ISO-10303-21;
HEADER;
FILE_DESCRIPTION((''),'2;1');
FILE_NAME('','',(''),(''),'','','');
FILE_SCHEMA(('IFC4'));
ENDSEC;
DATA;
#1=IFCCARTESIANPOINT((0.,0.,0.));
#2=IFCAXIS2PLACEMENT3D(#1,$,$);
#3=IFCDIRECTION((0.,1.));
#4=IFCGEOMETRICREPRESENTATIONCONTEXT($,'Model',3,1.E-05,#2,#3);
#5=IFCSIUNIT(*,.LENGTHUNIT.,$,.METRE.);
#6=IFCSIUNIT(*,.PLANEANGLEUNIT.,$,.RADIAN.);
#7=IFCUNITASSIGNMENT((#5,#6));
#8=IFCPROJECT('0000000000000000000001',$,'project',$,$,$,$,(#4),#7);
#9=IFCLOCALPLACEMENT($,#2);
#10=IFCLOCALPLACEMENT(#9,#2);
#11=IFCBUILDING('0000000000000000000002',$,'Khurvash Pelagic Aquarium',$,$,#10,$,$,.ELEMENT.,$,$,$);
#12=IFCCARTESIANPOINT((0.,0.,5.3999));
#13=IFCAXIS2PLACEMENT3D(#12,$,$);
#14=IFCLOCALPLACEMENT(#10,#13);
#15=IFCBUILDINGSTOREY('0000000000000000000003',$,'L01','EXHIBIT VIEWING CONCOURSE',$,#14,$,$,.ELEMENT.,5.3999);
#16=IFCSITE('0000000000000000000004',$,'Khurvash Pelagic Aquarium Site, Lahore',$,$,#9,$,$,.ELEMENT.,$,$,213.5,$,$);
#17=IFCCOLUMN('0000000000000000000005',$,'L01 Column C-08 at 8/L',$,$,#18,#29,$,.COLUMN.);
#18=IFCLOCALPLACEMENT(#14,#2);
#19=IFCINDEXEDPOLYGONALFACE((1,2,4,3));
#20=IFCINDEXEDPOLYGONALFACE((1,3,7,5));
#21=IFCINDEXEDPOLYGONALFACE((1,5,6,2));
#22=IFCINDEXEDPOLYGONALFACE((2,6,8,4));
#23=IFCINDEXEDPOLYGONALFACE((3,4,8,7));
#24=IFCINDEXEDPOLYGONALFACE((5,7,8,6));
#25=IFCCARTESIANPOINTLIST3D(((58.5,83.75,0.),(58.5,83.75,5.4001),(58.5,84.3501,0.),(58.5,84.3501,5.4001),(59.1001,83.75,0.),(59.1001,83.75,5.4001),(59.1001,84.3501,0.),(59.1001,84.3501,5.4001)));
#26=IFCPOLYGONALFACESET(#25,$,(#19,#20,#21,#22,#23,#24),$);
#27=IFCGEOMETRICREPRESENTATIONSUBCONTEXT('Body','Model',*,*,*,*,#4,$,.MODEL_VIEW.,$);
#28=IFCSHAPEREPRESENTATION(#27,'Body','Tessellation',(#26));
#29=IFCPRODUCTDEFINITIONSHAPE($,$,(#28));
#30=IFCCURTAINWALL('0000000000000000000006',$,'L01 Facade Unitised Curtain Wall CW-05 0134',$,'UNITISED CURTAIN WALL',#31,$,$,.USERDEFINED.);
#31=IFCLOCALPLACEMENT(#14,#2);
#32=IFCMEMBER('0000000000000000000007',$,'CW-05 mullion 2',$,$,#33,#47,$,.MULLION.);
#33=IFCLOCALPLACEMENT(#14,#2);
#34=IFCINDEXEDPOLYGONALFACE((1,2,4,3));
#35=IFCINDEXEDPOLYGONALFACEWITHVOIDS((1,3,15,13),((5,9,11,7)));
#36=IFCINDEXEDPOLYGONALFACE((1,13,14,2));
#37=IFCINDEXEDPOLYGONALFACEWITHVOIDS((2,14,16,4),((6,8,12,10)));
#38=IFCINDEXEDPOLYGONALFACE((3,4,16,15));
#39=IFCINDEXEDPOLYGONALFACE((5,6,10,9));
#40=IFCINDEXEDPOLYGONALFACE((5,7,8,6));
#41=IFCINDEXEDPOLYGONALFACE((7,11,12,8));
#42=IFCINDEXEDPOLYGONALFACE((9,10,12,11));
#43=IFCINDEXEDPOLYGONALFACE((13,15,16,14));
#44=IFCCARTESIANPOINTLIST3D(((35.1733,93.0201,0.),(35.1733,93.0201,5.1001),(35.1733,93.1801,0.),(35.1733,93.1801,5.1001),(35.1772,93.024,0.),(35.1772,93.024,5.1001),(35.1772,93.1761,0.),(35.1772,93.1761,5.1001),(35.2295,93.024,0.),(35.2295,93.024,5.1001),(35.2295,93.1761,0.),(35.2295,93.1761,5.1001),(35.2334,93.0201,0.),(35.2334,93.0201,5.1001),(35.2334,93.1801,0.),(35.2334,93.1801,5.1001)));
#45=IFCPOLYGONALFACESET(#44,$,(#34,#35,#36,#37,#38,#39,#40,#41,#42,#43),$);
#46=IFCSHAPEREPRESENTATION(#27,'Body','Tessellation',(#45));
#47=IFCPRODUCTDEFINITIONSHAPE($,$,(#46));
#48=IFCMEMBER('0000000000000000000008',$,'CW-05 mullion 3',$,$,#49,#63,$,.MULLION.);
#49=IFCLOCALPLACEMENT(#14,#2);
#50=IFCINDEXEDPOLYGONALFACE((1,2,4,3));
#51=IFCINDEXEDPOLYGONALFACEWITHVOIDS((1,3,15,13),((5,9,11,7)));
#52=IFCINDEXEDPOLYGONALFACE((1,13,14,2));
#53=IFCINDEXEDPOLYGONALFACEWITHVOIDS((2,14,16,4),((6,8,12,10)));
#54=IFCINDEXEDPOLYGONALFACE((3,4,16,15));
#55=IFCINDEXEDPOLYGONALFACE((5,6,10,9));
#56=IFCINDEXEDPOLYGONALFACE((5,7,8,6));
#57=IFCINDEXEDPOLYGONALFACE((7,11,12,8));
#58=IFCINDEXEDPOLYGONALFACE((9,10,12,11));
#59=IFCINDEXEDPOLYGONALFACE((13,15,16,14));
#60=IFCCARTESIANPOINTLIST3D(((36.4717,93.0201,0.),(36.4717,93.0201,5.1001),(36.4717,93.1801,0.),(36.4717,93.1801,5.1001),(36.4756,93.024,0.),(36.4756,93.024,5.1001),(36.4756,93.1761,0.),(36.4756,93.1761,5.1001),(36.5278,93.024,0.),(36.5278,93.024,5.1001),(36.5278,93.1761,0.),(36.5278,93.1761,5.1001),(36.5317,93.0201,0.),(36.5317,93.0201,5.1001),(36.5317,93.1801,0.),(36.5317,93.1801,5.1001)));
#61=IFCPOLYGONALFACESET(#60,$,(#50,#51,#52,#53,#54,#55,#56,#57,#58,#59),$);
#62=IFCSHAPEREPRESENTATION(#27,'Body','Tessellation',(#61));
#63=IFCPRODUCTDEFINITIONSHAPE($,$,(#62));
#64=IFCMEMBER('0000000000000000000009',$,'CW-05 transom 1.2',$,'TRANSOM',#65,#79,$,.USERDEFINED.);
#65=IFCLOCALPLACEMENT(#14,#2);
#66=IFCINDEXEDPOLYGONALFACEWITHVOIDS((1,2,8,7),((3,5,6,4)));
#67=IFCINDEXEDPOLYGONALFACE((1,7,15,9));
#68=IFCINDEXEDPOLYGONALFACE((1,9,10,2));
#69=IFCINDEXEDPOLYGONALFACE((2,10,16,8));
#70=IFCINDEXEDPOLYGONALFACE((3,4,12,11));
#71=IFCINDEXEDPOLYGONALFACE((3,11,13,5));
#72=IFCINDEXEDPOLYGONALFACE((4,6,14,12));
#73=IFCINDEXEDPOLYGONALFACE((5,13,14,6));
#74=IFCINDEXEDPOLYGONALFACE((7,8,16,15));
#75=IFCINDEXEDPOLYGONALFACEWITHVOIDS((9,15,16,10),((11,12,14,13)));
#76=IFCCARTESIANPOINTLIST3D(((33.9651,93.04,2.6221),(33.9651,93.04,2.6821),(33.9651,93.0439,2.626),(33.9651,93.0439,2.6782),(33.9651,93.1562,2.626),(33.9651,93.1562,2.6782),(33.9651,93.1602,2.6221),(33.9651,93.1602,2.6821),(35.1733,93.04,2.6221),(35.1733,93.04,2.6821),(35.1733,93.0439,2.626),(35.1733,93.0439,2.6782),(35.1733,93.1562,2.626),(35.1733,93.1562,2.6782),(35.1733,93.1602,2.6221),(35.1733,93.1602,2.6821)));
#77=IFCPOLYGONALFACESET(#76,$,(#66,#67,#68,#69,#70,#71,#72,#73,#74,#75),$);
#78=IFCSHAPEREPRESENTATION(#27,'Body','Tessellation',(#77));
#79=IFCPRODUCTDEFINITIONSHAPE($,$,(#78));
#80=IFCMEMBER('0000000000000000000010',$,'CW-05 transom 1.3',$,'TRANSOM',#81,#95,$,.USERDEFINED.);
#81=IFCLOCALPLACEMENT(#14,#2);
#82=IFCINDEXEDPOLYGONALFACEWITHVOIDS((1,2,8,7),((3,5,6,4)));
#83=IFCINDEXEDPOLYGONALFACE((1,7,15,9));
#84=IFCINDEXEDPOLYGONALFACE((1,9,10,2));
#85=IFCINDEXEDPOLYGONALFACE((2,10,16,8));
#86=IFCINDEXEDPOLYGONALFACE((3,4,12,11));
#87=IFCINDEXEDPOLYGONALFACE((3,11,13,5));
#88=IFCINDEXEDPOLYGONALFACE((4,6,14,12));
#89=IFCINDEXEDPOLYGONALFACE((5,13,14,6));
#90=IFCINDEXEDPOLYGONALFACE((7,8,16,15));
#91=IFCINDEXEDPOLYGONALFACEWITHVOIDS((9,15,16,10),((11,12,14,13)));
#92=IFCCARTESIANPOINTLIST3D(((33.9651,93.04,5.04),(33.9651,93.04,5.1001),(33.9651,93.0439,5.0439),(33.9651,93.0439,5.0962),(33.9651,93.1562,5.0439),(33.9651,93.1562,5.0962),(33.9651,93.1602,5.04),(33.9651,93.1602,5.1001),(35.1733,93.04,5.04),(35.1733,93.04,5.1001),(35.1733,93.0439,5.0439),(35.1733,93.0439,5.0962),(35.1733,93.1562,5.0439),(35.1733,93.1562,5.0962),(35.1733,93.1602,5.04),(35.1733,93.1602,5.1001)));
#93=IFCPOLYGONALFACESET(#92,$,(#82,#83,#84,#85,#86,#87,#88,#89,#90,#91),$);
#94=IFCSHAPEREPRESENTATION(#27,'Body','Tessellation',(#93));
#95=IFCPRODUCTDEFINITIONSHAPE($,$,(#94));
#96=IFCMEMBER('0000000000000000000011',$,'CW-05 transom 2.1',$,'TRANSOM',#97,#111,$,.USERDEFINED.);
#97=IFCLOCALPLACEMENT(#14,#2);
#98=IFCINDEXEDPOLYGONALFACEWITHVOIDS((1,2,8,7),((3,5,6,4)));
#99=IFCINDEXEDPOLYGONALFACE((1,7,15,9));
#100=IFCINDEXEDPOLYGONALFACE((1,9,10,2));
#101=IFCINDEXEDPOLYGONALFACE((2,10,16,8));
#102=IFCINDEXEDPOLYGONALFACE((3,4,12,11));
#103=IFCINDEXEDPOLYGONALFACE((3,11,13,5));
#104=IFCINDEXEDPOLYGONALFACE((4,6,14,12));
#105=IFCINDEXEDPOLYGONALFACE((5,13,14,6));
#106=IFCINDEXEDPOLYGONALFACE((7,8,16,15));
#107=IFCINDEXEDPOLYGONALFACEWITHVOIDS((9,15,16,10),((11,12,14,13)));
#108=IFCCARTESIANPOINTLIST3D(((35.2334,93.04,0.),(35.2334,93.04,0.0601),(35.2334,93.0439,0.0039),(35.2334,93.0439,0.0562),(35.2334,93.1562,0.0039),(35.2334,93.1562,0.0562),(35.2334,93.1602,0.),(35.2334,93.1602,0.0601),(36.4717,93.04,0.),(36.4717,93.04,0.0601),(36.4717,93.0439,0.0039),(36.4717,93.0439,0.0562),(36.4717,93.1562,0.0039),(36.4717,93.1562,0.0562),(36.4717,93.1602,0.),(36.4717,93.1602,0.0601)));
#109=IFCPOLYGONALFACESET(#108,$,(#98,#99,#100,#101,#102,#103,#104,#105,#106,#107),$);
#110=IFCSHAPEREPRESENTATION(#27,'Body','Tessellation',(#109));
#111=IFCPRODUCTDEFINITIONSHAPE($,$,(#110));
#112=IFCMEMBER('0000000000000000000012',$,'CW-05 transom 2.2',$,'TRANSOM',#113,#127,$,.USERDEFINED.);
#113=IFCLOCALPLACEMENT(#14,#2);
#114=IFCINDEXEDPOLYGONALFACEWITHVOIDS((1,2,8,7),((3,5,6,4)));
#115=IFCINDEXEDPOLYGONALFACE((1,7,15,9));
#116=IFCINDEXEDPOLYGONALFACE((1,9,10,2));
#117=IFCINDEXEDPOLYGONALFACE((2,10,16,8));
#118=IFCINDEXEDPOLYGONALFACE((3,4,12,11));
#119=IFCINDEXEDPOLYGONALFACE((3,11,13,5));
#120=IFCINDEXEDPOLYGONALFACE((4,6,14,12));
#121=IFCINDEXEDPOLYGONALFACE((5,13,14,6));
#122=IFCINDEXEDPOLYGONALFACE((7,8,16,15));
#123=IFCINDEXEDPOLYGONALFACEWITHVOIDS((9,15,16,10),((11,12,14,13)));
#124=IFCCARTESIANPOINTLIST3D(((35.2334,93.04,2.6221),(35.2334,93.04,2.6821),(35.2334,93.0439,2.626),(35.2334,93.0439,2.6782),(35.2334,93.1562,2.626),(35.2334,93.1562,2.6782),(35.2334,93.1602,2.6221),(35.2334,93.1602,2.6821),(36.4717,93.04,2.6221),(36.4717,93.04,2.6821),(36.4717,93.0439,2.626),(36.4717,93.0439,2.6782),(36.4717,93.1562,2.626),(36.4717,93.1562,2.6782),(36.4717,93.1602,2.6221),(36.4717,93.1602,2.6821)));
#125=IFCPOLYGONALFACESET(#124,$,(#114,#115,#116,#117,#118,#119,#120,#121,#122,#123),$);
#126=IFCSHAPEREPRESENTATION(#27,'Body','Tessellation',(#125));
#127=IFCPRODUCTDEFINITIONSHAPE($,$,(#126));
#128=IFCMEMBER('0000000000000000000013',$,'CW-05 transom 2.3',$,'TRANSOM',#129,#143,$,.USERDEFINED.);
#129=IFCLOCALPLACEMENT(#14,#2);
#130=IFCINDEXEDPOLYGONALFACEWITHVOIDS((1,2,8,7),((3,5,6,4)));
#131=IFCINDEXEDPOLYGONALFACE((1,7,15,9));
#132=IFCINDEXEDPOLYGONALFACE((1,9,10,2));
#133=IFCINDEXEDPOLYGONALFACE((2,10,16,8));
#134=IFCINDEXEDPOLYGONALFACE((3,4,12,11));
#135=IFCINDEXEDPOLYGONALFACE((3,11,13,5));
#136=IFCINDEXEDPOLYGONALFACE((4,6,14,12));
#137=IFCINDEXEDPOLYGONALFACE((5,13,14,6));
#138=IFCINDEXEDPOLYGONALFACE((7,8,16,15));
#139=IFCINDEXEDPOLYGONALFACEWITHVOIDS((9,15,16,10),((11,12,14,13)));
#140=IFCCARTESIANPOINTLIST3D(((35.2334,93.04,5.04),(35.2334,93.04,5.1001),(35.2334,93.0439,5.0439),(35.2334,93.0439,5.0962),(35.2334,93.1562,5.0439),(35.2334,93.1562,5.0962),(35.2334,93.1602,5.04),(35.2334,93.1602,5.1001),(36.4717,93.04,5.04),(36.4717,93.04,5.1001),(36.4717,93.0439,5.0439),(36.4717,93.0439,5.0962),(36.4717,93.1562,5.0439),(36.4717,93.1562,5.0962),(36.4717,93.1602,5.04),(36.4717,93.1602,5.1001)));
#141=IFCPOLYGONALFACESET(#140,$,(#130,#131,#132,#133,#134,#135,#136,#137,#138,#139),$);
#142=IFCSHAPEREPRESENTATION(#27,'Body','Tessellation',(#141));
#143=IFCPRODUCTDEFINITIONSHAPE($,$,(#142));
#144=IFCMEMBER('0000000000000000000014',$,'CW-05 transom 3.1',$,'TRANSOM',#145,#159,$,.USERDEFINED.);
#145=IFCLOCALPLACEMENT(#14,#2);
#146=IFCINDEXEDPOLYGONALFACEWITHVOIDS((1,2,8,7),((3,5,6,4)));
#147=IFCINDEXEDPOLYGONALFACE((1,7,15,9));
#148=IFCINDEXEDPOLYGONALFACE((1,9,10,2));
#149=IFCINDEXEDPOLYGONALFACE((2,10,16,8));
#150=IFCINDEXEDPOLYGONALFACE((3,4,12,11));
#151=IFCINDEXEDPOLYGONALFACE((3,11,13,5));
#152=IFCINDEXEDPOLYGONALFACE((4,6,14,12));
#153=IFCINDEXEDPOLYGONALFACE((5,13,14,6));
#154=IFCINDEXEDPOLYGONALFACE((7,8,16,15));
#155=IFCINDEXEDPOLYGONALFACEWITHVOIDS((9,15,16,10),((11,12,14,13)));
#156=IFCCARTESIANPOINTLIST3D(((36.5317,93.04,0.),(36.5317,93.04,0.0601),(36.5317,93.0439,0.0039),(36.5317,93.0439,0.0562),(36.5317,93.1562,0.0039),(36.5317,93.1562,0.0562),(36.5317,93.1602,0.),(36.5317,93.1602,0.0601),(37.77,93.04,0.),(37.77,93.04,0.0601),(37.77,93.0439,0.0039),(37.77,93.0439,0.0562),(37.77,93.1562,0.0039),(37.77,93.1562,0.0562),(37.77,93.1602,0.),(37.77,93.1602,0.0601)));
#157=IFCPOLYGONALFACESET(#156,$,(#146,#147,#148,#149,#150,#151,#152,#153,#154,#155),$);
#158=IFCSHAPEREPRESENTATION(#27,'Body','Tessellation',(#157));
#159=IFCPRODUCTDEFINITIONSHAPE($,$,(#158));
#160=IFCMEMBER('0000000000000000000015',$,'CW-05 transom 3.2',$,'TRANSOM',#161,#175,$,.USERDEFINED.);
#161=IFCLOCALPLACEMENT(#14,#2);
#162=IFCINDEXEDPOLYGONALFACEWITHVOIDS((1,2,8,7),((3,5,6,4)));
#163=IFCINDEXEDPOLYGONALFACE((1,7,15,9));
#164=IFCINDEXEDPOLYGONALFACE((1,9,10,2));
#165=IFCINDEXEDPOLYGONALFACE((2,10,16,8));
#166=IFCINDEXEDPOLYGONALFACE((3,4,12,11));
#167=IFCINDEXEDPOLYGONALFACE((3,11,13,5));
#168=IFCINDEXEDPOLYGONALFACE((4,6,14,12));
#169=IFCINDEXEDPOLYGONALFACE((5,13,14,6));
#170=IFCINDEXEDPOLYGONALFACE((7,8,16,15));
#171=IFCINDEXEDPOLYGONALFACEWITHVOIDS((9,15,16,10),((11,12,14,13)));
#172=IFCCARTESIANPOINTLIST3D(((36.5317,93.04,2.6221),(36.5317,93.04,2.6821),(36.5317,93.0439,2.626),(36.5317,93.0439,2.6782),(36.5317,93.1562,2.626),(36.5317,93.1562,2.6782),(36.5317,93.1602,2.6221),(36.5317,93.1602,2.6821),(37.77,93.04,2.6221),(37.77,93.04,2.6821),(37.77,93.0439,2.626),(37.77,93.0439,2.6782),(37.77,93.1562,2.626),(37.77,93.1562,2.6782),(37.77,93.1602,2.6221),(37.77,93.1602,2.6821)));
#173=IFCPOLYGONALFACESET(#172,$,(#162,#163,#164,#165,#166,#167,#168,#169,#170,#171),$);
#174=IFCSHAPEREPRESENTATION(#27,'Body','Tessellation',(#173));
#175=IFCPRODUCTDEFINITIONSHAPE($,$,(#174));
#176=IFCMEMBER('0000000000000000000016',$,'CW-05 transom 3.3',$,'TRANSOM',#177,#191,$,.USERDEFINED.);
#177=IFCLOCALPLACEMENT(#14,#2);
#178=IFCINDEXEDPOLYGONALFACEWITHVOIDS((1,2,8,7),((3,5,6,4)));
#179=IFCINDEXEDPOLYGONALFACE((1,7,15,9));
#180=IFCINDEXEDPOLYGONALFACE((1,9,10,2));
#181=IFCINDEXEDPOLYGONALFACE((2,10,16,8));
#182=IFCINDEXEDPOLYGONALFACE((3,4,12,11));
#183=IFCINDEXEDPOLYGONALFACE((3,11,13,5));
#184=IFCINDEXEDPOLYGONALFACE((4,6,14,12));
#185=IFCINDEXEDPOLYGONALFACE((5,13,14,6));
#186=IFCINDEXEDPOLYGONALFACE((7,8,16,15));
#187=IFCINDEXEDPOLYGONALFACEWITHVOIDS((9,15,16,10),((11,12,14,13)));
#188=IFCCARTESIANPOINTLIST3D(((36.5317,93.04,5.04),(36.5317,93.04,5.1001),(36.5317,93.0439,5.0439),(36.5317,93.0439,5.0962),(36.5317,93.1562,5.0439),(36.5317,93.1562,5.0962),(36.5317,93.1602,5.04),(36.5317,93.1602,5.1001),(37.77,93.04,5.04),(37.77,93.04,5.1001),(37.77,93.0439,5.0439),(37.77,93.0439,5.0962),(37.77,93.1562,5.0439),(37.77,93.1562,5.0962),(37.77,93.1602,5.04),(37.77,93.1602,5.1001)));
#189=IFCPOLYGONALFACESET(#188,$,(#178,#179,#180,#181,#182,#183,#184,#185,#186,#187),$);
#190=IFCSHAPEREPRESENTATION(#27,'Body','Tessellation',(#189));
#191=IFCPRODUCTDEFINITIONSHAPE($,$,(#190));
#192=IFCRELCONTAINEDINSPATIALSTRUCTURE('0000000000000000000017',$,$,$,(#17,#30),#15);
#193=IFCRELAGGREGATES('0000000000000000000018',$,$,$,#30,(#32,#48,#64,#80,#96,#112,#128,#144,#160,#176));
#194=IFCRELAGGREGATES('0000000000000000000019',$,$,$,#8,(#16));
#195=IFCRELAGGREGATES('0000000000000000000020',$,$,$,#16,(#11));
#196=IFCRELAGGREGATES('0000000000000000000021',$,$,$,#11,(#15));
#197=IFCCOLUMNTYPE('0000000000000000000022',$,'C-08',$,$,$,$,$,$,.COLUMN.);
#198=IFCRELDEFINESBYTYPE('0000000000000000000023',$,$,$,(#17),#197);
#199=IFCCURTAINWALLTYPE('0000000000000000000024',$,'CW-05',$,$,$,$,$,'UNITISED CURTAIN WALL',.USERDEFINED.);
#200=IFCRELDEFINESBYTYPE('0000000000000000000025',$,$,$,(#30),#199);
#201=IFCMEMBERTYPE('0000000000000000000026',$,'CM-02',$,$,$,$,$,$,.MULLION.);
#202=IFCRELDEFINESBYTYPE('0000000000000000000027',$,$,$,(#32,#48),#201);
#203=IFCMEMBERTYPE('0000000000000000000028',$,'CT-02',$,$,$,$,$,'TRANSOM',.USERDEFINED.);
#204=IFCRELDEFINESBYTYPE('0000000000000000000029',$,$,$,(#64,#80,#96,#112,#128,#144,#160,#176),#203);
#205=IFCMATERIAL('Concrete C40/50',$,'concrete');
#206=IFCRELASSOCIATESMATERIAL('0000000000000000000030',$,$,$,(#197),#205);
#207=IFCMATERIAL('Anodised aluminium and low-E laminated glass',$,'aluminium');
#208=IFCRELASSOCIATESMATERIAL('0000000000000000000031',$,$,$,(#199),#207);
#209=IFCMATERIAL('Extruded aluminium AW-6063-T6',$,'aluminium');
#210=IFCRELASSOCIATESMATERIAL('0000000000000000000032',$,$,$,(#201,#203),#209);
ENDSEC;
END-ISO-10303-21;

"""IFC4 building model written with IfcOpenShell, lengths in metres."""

from ifc_helpers import new_model, si_unit, direction, frame, origin, origin_2d, place, context, subcontext, project, spatial, rectangle, hollow_rectangle, extrude, material, material_profile, profile_set, type_object, element, aggregate, save


model = new_model("IFC4")

# Units and contexts
model_context = context("Model", 3, precision=1e-05, world=origin(), true_north=direction((0.0, 1.0)))
body_context = subcontext(model_context, "Body", "Model", "MODEL_VIEW")
ifc_project = project(units=[si_unit("LENGTHUNIT", "METRE"), si_unit("PLANEANGLEUNIT", "RADIAN")], contexts=[model_context])

# Site, building, storey
site_placement = place(None, origin())
site = spatial("IfcSite", under=ifc_project, at=site_placement, Name="Khurvash Pelagic Aquarium Site, Lahore", CompositionType="ELEMENT", RefElevation=213.5)
building_placement = place(site_placement, origin())
building = spatial("IfcBuilding", under=site, at=building_placement, Name="Khurvash Pelagic Aquarium", CompositionType="ELEMENT")
storey_placement = place(building_placement, frame((0.0, 0.0, 5.3999)))
storey = spatial("IfcBuildingStorey", under=building, at=storey_placement, Name="L01", Description="EXHIBIT VIEWING CONCOURSE", CompositionType="ELEMENT", Elevation=5.3999)

# Column
ifc_material_1 = material(Name="Concrete C40/50", Category="concrete")
ifc_material_profile_1 = material_profile(ifc_material_1, rectangle(XDim=0.6001, YDim=0.6001, at=origin_2d()), Name="RC600X600")
ifc_profile_set_1 = profile_set([ifc_material_profile_1], Name="Concrete C40/50")
column_type = type_object("IfcColumnType", Name="C-08", PredefinedType="COLUMN", material=ifc_profile_set_1)
column_placement = place(storey_placement, frame((58.8, 84.05, 0.0), z_axis=(0.0, 0.0, 1.0), x_axis=(1.0, 0.0, 0.0)))
element("IfcColumn", 1, at=column_placement, inside=storey, type_object=column_type, Name="L01 Column C-08 at 8/L", PredefinedType="COLUMN", context=body_context, shape_type="SweptSolid", body=[
    extrude(rectangle(XDim=0.6001, YDim=0.6001, at=origin_2d()), origin(), (0.0, 0.0, 1.0), 5.4001),
])

# Curtain wall, members
ifc_material_2 = material(Name="Anodised aluminium and low-E laminated glass", Category="aluminium")
curtain_wall_type = type_object("IfcCurtainWallType", Name="CW-05", ElementType="UNITISED CURTAIN WALL", PredefinedType="USERDEFINED", material=ifc_material_2)
curtain_wall_placement = place(storey_placement, origin())
curtain_wall = element("IfcCurtainWall", 2, at=curtain_wall_placement, inside=storey, type_object=curtain_wall_type, Name="L01 Facade Unitised Curtain Wall CW-05 0134", ObjectType="UNITISED CURTAIN WALL", PredefinedType="USERDEFINED")
ifc_material_3 = material(Name="Extruded aluminium AW-6063-T6", Category="aluminium")
ifc_material_profile_2 = material_profile(ifc_material_3, hollow_rectangle(XDim=0.0601, YDim=0.1599, WallThickness=0.0039, at=origin_2d()), Name="CWM60X160X4")
ifc_profile_set_2 = profile_set([ifc_material_profile_2], Name="Extruded aluminium AW-6063-T6")
member_type_1 = type_object("IfcMemberType", Name="CM-02", PredefinedType="MULLION", material=ifc_profile_set_2)
member_1_placement = place(storey_placement, frame((35.2034, 93.1001, 0.0), z_axis=(0.0, 0.0, 1.0), x_axis=(1.0, 0.0, 0.0)))
member_1 = element("IfcMember", 3, at=member_1_placement, type_object=member_type_1, Name="CW-05 mullion 2", PredefinedType="MULLION", context=body_context, shape_type="SweptSolid", body=[
    extrude(hollow_rectangle(XDim=0.0601, YDim=0.1599, WallThickness=0.0039, at=origin_2d()), origin(), (0.0, 0.0, 1.0), 5.1001),
])
member_2_placement = place(storey_placement, frame((36.5017, 93.1001, 0.0), z_axis=(0.0, 0.0, 1.0), x_axis=(1.0, 0.0, 0.0)))
member_2 = element("IfcMember", 4, at=member_2_placement, type_object=member_type_1, Name="CW-05 mullion 3", PredefinedType="MULLION", context=body_context, shape_type="SweptSolid", body=[
    extrude(hollow_rectangle(XDim=0.0601, YDim=0.1599, WallThickness=0.0039, at=origin_2d()), origin(), (0.0, 0.0, 1.0), 5.1001),
])
ifc_material_profile_3 = material_profile(ifc_material_3, hollow_rectangle(XDim=0.1201, YDim=0.0601, WallThickness=0.0039, at=origin_2d()), Name="CWT120X60X4")
ifc_profile_set_3 = profile_set([ifc_material_profile_3], Name="Extruded aluminium AW-6063-T6")
member_type_2 = type_object("IfcMemberType", Name="CT-02", ElementType="TRANSOM", PredefinedType="USERDEFINED", material=ifc_profile_set_3)
member_3_placement = place(storey_placement, frame((33.9651, 93.1001, 2.6521), z_axis=(1.0, 0.0, 0.0), x_axis=(0.0, 1.0, 0.0)))
member_3 = element("IfcMember", 5, at=member_3_placement, type_object=member_type_2, Name="CW-05 transom 1.2", ObjectType="TRANSOM", PredefinedType="USERDEFINED", context=body_context, shape_type="SweptSolid", body=[
    extrude(hollow_rectangle(XDim=0.1201, YDim=0.0601, WallThickness=0.0039, at=origin_2d()), origin(), (0.0, 0.0, 1.0), 1.2083),
])
member_4_placement = place(storey_placement, frame((33.9651, 93.1001, 5.0701), z_axis=(1.0, 0.0, 0.0), x_axis=(0.0, 1.0, 0.0)))
member_4 = element("IfcMember", 6, at=member_4_placement, type_object=member_type_2, Name="CW-05 transom 1.3", ObjectType="TRANSOM", PredefinedType="USERDEFINED", context=body_context, shape_type="SweptSolid", body=[
    extrude(hollow_rectangle(XDim=0.1201, YDim=0.0601, WallThickness=0.0039, at=origin_2d()), origin(), (0.0, 0.0, 1.0), 1.2083),
])
member_5_placement = place(storey_placement, frame((35.2334, 93.1001, 0.03), z_axis=(1.0, 0.0, 0.0), x_axis=(0.0, 1.0, 0.0)))
member_5 = element("IfcMember", 7, at=member_5_placement, type_object=member_type_2, Name="CW-05 transom 2.1", ObjectType="TRANSOM", PredefinedType="USERDEFINED", context=body_context, shape_type="SweptSolid", body=[
    extrude(hollow_rectangle(XDim=0.1201, YDim=0.0601, WallThickness=0.0039, at=origin_2d()), origin(), (0.0, 0.0, 1.0), 1.2383),
])
member_6_placement = place(storey_placement, frame((35.2334, 93.1001, 2.6521), z_axis=(1.0, 0.0, 0.0), x_axis=(0.0, 1.0, 0.0)))
member_6 = element("IfcMember", 8, at=member_6_placement, type_object=member_type_2, Name="CW-05 transom 2.2", ObjectType="TRANSOM", PredefinedType="USERDEFINED", context=body_context, shape_type="SweptSolid", body=[
    extrude(hollow_rectangle(XDim=0.1201, YDim=0.0601, WallThickness=0.0039, at=origin_2d()), origin(), (0.0, 0.0, 1.0), 1.2383),
])
member_7_placement = place(storey_placement, frame((35.2334, 93.1001, 5.0701), z_axis=(1.0, 0.0, 0.0), x_axis=(0.0, 1.0, 0.0)))
member_7 = element("IfcMember", 9, at=member_7_placement, type_object=member_type_2, Name="CW-05 transom 2.3", ObjectType="TRANSOM", PredefinedType="USERDEFINED", context=body_context, shape_type="SweptSolid", body=[
    extrude(hollow_rectangle(XDim=0.1201, YDim=0.0601, WallThickness=0.0039, at=origin_2d()), origin(), (0.0, 0.0, 1.0), 1.2383),
])
member_8_placement = place(storey_placement, frame((36.5317, 93.1001, 0.03), z_axis=(1.0, 0.0, 0.0), x_axis=(0.0, 1.0, 0.0)))
member_8 = element("IfcMember", 10, at=member_8_placement, type_object=member_type_2, Name="CW-05 transom 3.1", ObjectType="TRANSOM", PredefinedType="USERDEFINED", context=body_context, shape_type="SweptSolid", body=[
    extrude(hollow_rectangle(XDim=0.1201, YDim=0.0601, WallThickness=0.0039, at=origin_2d()), origin(), (0.0, 0.0, 1.0), 1.2383),
])
member_9_placement = place(storey_placement, frame((36.5317, 93.1001, 2.6521), z_axis=(1.0, 0.0, 0.0), x_axis=(0.0, 1.0, 0.0)))
member_9 = element("IfcMember", 11, at=member_9_placement, type_object=member_type_2, Name="CW-05 transom 3.2", ObjectType="TRANSOM", PredefinedType="USERDEFINED", context=body_context, shape_type="SweptSolid", body=[
    extrude(hollow_rectangle(XDim=0.1201, YDim=0.0601, WallThickness=0.0039, at=origin_2d()), origin(), (0.0, 0.0, 1.0), 1.2383),
])
member_10_placement = place(storey_placement, frame((36.5317, 93.1001, 5.0701), z_axis=(1.0, 0.0, 0.0), x_axis=(0.0, 1.0, 0.0)))
member_10 = element("IfcMember", 12, at=member_10_placement, type_object=member_type_2, Name="CW-05 transom 3.3", ObjectType="TRANSOM", PredefinedType="USERDEFINED", context=body_context, shape_type="SweptSolid", body=[
    extrude(hollow_rectangle(XDim=0.1201, YDim=0.0601, WallThickness=0.0039, at=origin_2d()), origin(), (0.0, 0.0, 1.0), 1.2383),
])

aggregate(curtain_wall, [member_1, member_2, member_3, member_4, member_5, member_6, member_7, member_8, member_9, member_10])

save(model, "model.ifc")
